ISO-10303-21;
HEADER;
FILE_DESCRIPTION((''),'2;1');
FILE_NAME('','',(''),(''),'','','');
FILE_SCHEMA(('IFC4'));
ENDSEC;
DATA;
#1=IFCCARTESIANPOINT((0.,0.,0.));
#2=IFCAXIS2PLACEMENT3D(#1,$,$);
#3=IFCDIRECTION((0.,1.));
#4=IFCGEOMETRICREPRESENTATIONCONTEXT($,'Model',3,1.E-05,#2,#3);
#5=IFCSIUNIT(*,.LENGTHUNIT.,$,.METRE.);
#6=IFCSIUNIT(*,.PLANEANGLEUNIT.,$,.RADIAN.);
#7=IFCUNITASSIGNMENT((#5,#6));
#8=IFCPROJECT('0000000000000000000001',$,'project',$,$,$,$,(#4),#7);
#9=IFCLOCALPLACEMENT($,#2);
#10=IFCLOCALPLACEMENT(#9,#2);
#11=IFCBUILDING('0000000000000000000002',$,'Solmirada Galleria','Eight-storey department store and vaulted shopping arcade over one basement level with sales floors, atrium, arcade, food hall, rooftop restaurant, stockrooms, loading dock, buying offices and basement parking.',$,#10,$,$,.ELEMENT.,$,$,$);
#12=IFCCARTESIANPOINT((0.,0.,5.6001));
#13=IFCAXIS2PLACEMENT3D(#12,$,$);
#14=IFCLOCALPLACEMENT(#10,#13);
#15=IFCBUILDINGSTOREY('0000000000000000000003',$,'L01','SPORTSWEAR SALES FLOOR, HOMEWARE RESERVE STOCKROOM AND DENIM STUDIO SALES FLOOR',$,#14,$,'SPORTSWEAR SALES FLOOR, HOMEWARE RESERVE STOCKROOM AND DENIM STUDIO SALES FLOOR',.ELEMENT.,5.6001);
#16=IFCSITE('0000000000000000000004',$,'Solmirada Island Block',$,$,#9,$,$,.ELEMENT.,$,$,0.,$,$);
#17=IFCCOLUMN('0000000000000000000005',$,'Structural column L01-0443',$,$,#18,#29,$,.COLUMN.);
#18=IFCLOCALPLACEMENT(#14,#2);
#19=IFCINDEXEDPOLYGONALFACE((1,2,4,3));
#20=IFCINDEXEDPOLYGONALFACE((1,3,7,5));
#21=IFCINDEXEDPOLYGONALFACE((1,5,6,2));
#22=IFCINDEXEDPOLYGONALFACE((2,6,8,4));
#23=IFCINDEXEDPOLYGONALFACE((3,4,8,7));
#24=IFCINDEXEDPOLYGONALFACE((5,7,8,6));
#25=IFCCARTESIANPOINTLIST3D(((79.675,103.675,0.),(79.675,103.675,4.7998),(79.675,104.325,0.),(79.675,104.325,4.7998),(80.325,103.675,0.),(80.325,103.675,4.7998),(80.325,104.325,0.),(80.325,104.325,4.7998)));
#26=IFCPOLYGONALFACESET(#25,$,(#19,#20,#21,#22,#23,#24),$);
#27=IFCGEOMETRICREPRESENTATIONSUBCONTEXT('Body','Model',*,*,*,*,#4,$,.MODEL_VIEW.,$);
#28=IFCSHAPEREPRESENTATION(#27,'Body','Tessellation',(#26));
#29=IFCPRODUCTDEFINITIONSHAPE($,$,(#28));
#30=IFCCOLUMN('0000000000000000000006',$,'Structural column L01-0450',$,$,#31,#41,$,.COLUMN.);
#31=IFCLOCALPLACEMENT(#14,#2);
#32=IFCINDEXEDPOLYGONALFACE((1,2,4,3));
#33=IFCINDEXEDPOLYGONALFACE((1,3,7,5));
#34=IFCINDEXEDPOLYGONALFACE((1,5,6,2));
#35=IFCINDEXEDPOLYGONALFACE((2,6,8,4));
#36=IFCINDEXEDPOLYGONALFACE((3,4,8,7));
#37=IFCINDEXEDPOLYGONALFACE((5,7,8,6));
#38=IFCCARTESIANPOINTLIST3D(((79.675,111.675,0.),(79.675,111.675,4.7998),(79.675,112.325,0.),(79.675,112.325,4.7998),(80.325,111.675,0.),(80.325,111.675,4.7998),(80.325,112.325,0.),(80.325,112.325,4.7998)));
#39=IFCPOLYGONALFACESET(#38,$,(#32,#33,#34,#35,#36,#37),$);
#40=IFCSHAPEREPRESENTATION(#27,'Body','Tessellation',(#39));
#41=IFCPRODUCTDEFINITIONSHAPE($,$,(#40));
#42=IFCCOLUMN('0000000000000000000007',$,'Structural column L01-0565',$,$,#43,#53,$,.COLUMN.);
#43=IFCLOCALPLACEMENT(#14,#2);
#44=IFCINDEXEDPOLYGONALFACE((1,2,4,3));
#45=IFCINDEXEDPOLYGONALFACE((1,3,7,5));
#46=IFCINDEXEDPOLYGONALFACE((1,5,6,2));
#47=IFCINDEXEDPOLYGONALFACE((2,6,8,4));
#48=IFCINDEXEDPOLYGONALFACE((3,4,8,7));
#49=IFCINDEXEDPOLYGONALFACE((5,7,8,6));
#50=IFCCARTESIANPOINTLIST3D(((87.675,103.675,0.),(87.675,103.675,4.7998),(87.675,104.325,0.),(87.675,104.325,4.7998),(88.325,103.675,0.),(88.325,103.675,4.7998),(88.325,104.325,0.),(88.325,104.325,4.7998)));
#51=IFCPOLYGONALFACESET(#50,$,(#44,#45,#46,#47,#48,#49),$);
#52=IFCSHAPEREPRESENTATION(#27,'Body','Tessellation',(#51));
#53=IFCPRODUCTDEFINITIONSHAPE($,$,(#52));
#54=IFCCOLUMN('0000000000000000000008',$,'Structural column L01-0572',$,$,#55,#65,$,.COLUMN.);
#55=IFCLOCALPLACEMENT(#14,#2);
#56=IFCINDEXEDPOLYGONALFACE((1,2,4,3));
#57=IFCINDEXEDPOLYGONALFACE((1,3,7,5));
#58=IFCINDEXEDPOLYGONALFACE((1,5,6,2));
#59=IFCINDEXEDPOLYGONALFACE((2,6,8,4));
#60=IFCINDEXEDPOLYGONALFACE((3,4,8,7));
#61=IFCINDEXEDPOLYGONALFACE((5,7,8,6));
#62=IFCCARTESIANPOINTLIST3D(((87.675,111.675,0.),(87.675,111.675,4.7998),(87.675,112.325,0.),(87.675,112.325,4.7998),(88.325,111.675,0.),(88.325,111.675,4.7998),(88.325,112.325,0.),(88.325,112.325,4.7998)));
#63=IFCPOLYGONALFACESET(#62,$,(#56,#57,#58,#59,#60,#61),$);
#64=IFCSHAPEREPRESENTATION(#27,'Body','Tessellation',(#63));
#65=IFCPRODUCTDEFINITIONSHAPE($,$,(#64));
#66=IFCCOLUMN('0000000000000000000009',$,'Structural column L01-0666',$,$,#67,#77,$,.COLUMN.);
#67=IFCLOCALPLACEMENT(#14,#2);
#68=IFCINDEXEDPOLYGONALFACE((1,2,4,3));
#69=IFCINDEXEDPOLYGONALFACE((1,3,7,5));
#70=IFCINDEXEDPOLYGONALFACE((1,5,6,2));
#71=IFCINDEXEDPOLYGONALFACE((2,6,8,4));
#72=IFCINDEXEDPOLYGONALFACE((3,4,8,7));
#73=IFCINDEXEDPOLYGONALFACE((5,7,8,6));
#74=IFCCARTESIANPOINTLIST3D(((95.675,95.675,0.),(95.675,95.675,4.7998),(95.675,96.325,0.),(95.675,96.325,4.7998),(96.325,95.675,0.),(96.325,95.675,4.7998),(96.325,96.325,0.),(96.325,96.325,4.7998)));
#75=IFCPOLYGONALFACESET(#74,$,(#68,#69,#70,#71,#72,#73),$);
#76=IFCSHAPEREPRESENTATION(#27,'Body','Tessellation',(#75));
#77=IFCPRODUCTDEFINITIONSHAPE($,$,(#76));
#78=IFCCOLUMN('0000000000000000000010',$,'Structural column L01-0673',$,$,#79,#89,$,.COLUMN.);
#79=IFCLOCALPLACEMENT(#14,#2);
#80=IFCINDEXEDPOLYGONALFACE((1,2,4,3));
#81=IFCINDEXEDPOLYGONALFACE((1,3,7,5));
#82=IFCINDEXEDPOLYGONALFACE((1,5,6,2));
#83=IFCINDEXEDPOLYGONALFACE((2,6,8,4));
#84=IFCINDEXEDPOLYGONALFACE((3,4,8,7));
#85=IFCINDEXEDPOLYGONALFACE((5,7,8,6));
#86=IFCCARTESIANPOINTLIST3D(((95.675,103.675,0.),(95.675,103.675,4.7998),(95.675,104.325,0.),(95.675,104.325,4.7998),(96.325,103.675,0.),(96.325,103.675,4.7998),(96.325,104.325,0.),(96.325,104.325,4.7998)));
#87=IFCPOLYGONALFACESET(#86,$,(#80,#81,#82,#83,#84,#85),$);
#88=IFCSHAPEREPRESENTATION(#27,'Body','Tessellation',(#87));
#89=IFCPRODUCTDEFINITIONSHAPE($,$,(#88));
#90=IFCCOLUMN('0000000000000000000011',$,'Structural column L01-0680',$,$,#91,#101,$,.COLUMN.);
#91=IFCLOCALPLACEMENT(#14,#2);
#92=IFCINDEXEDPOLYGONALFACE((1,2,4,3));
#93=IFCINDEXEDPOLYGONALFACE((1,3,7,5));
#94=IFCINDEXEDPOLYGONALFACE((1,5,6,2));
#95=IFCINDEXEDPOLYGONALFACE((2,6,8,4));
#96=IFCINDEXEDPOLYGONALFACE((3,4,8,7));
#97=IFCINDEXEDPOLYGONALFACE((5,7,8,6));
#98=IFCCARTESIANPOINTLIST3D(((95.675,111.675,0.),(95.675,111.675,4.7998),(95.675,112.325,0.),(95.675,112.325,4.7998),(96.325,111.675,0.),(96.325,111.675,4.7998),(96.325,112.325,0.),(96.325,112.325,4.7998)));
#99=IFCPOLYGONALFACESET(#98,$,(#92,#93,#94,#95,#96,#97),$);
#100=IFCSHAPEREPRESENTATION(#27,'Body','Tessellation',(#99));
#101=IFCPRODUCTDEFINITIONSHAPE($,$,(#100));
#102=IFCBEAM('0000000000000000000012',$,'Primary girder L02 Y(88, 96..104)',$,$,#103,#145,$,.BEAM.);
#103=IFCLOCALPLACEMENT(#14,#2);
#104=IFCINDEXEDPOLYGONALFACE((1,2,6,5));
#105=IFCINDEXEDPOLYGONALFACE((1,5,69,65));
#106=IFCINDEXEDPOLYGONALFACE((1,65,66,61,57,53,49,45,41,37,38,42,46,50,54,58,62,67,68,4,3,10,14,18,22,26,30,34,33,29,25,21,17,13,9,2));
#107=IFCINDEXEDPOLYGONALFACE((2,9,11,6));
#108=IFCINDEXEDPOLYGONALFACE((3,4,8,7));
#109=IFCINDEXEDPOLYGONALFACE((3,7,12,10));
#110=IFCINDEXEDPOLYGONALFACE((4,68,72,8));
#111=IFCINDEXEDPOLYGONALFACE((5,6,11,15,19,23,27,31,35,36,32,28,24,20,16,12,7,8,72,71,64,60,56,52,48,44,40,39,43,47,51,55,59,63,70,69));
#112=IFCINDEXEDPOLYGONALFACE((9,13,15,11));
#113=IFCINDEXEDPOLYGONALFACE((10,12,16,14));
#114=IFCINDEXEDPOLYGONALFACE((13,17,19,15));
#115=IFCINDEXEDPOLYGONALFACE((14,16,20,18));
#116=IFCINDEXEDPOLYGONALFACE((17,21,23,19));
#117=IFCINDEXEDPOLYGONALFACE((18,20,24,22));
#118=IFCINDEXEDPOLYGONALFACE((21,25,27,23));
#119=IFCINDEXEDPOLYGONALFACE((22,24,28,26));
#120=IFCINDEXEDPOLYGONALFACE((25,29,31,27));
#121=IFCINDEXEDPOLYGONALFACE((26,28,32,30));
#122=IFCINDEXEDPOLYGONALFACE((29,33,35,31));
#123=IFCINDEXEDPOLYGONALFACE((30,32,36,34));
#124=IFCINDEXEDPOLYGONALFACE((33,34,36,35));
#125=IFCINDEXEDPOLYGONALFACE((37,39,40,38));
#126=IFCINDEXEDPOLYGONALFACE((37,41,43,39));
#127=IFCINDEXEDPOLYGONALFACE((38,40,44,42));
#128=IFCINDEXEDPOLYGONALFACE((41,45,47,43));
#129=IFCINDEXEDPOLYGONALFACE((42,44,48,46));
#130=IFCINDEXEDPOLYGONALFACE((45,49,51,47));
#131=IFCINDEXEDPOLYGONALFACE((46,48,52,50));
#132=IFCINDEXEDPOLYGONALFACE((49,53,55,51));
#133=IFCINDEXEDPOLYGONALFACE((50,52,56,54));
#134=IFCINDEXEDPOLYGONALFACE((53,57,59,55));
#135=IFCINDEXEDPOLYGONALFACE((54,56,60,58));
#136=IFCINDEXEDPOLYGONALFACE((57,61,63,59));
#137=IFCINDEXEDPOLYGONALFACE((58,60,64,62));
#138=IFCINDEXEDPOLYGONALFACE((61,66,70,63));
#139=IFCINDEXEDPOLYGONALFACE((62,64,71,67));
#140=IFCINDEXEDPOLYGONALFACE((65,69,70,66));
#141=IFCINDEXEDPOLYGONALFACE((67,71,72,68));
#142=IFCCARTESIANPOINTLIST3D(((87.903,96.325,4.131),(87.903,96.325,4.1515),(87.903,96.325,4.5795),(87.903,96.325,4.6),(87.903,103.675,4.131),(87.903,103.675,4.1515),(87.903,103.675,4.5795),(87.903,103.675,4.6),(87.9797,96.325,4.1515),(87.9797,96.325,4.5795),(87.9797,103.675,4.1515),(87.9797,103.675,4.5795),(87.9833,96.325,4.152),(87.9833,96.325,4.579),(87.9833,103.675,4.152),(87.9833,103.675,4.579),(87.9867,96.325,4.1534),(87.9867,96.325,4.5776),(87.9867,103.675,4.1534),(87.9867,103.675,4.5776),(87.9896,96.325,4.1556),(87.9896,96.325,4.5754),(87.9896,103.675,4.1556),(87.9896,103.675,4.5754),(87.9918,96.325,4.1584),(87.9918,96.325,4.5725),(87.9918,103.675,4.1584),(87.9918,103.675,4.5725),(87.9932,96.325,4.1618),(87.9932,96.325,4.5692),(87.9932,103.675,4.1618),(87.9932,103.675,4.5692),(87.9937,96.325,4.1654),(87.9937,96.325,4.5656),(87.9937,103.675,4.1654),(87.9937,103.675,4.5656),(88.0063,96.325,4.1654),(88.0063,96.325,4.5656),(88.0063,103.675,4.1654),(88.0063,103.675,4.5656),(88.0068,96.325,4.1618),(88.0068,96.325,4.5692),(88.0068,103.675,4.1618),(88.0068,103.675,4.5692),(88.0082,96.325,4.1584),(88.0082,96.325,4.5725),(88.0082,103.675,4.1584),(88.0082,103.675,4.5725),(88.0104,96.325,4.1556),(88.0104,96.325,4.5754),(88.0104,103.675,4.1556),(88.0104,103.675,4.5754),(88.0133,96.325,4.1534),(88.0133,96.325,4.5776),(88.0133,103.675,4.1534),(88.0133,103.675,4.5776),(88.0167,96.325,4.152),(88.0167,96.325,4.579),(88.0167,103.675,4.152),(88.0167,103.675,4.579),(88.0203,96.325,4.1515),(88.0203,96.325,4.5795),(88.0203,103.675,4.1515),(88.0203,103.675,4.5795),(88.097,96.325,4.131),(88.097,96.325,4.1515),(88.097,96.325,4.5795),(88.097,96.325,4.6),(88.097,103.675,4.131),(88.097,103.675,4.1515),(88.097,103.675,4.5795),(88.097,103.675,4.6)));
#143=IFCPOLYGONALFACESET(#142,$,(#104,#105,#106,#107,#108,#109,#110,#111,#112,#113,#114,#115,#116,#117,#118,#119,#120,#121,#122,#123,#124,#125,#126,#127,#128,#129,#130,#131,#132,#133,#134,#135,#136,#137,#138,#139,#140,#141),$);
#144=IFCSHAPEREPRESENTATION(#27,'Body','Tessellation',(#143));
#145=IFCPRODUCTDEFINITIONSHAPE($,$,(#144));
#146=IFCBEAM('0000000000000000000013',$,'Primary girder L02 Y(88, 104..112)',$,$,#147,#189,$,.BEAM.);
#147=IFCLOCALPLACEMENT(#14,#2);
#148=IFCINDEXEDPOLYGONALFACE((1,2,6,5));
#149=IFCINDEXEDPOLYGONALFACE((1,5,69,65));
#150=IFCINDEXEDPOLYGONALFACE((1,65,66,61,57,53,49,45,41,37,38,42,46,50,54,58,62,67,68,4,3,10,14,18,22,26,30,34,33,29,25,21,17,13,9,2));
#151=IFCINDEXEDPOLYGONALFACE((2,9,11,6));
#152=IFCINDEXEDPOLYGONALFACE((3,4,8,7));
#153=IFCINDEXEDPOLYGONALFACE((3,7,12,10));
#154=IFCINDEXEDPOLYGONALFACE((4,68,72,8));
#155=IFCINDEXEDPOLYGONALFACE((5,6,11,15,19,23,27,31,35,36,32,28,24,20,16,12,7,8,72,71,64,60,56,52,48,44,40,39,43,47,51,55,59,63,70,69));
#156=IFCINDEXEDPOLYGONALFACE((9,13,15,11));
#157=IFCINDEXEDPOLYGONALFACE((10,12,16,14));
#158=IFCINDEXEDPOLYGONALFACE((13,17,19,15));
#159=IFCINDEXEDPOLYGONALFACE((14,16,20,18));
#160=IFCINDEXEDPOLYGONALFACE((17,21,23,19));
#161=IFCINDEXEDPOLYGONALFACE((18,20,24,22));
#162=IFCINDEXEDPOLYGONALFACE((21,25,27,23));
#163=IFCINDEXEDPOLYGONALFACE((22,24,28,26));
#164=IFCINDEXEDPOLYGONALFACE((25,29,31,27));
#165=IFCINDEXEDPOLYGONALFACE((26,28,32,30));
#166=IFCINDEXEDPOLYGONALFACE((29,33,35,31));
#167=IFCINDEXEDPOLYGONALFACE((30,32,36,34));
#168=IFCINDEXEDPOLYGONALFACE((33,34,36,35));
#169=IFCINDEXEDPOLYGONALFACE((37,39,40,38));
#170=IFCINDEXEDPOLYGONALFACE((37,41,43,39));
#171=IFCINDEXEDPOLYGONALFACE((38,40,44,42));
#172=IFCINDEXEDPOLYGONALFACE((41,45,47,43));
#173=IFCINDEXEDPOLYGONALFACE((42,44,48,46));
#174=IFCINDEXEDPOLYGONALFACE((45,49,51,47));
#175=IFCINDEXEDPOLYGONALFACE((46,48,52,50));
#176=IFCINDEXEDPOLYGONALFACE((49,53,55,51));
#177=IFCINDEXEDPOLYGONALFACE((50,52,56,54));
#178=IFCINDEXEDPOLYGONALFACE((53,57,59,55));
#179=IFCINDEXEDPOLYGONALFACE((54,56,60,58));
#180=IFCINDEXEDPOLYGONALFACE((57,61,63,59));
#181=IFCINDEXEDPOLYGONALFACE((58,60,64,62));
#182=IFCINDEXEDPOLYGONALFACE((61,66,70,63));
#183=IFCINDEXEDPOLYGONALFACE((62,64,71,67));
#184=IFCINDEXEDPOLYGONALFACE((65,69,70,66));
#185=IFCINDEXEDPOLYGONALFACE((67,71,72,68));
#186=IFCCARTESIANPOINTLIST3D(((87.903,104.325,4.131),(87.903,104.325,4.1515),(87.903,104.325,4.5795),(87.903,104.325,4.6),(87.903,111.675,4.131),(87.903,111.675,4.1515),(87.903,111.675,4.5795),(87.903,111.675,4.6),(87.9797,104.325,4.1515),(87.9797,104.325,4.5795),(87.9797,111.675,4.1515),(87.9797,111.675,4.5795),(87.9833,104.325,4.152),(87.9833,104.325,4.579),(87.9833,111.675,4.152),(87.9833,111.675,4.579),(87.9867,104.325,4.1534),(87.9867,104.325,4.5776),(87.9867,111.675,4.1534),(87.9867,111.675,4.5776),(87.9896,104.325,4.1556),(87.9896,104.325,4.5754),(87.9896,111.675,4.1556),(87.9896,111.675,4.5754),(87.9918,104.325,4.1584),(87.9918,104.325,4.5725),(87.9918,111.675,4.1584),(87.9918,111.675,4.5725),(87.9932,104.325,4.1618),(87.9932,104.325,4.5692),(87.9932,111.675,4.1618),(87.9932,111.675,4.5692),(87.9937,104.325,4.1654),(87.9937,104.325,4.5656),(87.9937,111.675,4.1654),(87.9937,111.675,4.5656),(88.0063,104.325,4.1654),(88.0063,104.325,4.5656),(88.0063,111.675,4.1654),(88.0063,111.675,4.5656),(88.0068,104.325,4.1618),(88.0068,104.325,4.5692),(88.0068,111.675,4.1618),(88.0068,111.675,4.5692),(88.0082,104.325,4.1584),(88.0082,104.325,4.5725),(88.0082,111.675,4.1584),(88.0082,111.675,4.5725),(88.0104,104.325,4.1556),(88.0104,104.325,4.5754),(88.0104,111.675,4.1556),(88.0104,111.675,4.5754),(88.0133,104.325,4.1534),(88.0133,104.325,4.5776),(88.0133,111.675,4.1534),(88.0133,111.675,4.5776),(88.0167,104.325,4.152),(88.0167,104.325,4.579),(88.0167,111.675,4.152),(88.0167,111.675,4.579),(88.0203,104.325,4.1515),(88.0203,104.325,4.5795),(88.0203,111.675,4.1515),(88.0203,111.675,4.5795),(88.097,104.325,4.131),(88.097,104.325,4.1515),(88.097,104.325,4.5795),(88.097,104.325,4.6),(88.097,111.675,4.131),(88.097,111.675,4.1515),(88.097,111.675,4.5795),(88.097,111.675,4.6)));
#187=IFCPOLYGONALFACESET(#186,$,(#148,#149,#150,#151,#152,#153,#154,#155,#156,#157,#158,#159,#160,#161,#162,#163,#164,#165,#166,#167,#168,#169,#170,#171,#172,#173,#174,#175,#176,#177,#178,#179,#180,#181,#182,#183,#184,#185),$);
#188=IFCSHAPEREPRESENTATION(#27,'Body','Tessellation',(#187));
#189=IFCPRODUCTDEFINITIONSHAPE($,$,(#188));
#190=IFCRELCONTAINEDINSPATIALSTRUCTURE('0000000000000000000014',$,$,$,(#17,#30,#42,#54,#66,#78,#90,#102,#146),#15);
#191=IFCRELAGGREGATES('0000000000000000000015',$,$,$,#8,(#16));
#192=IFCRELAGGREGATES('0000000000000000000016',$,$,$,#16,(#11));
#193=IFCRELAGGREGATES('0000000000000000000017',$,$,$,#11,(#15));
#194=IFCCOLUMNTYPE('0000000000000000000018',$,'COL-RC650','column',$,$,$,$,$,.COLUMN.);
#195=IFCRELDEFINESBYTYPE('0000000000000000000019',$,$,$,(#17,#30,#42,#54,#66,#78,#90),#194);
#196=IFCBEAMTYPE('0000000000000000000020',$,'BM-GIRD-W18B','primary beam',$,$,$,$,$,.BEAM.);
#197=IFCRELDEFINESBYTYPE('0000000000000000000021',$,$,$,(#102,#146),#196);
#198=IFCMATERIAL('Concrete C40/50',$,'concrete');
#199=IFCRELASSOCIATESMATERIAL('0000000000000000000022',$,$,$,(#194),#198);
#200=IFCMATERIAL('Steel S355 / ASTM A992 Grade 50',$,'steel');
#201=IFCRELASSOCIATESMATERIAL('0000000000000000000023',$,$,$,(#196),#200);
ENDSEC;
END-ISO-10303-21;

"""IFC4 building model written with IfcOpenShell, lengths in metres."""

from ifc_helpers import new_model, si_unit, direction, frame, origin, origin_2d, place, context, subcontext, project, spatial, rectangle, i_section, extrude, material, material_profile, profile_set, type_object, element, save


model = new_model("IFC4")

# Units and contexts
model_context = context("Model", 3, precision=1e-05, world=origin(), true_north=direction((0.0, 1.0)))
body_context = subcontext(model_context, "Body", "Model", "MODEL_VIEW")
ifc_project = project(units=[si_unit("LENGTHUNIT", "METRE"), si_unit("PLANEANGLEUNIT", "RADIAN")], contexts=[model_context])

# Site, building, storey
site_placement = place(None, origin())
site = spatial("IfcSite", under=ifc_project, at=site_placement, Name="Solmirada Island Block", CompositionType="ELEMENT", RefElevation=0.0)
building_placement = place(site_placement, origin())
building = spatial("IfcBuilding", under=site, at=building_placement, Name="Solmirada Galleria", Description="Eight-storey department store and vaulted shopping arcade over one basement level with sales floors, atrium, arcade, food hall, rooftop restaurant, stockrooms, loading dock, buying offices and basement parking.", CompositionType="ELEMENT")
storey_placement = place(building_placement, frame((0.0, 0.0, 5.6001)))
storey = spatial("IfcBuildingStorey", under=building, at=storey_placement, Name="L01", Description="SPORTSWEAR SALES FLOOR, HOMEWARE RESERVE STOCKROOM AND DENIM STUDIO SALES FLOOR", LongName="SPORTSWEAR SALES FLOOR, HOMEWARE RESERVE STOCKROOM AND DENIM STUDIO SALES FLOOR", CompositionType="ELEMENT", Elevation=5.6001)

# Columns
ifc_material_1 = material(Name="Concrete C40/50", Category="concrete")
ifc_material_profile_1 = material_profile(ifc_material_1, rectangle(XDim=0.6499, YDim=0.6499, at=origin_2d()), Name="RC650X650")
ifc_profile_set_1 = profile_set([ifc_material_profile_1], Name="Concrete C40/50")
column_type = type_object("IfcColumnType", Name="COL-RC650", Description="column", PredefinedType="COLUMN", material=ifc_profile_set_1)
for number, where, z_axis, x_axis, name in (
    (1, (80.0, 104.0, 0.0), (0.0, 0.0, 1.0), (1.0, 0.0, 0.0), "Structural column L01-0443"),
    (2, (80.0, 112.0, 0.0), (0.0, 0.0, 1.0), (1.0, 0.0, 0.0), "Structural column L01-0450"),
    (3, (88.0, 104.0, 0.0), (0.0, 0.0, 1.0), (1.0, 0.0, 0.0), "Structural column L01-0565"),
    (4, (88.0, 112.0, 0.0), (0.0, 0.0, 1.0), (1.0, 0.0, 0.0), "Structural column L01-0572"),
    (5, (96.0, 96.0, 0.0), (0.0, 0.0, 1.0), (1.0, 0.0, 0.0), "Structural column L01-0666"),
    (6, (96.0, 104.0, 0.0), (0.0, 0.0, 1.0), (1.0, 0.0, 0.0), "Structural column L01-0673"),
    (7, (96.0, 112.0, 0.0), (0.0, 0.0, 1.0), (1.0, 0.0, 0.0), "Structural column L01-0680"),
):
    element("IfcColumn", number, at=place(storey_placement, frame(where, z_axis=z_axis, x_axis=x_axis)), inside=storey, type_object=column_type, Name=name, PredefinedType="COLUMN", context=body_context, shape_type="SweptSolid", body=[
        extrude(rectangle(XDim=0.6499, YDim=0.6499, at=origin_2d()), origin(), (0.0, 0.0, 1.0), 4.7998),
    ])

# Beams
ifc_material_2 = material(Name="Steel S355 / ASTM A992 Grade 50", Category="steel")
ifc_material_profile_2 = material_profile(ifc_material_2, i_section(OverallWidth=0.1941, OverallDepth=0.469, WebThickness=0.0127, FlangeThickness=0.0205, FilletRadius=0.0139, at=origin_2d()), Name="W18X71")
ifc_profile_set_2 = profile_set([ifc_material_profile_2], Name="Steel S355 / ASTM A992 Grade 50")
beam_type_1 = type_object("IfcBeamType", Name="BM-GIRD-W18B", Description="primary beam", PredefinedType="BEAM", material=ifc_profile_set_2)
for number, where, z_axis, x_axis, name in (
    (8, (88.0, 96.325, 4.3655), (0.0, 1.0, 0.0), (-1.0, 0.0, 0.0), "Primary girder L02 Y(88, 96..104)"),
    (9, (88.0, 104.325, 4.3655), (0.0, 1.0, 0.0), (-1.0, 0.0, 0.0), "Primary girder L02 Y(88, 104..112)"),
):
    element("IfcBeam", number, at=place(storey_placement, frame(where, z_axis=z_axis, x_axis=x_axis)), inside=storey, type_object=beam_type_1, Name=name, PredefinedType="BEAM", context=body_context, shape_type="SweptSolid", body=[
        extrude(i_section(OverallWidth=0.1941, OverallDepth=0.469, WebThickness=0.0127, FlangeThickness=0.0205, FilletRadius=0.0139, at=origin_2d()), origin(), (0.0, 0.0, 1.0), 7.3501),
    ])

save(model, "model.ifc")
